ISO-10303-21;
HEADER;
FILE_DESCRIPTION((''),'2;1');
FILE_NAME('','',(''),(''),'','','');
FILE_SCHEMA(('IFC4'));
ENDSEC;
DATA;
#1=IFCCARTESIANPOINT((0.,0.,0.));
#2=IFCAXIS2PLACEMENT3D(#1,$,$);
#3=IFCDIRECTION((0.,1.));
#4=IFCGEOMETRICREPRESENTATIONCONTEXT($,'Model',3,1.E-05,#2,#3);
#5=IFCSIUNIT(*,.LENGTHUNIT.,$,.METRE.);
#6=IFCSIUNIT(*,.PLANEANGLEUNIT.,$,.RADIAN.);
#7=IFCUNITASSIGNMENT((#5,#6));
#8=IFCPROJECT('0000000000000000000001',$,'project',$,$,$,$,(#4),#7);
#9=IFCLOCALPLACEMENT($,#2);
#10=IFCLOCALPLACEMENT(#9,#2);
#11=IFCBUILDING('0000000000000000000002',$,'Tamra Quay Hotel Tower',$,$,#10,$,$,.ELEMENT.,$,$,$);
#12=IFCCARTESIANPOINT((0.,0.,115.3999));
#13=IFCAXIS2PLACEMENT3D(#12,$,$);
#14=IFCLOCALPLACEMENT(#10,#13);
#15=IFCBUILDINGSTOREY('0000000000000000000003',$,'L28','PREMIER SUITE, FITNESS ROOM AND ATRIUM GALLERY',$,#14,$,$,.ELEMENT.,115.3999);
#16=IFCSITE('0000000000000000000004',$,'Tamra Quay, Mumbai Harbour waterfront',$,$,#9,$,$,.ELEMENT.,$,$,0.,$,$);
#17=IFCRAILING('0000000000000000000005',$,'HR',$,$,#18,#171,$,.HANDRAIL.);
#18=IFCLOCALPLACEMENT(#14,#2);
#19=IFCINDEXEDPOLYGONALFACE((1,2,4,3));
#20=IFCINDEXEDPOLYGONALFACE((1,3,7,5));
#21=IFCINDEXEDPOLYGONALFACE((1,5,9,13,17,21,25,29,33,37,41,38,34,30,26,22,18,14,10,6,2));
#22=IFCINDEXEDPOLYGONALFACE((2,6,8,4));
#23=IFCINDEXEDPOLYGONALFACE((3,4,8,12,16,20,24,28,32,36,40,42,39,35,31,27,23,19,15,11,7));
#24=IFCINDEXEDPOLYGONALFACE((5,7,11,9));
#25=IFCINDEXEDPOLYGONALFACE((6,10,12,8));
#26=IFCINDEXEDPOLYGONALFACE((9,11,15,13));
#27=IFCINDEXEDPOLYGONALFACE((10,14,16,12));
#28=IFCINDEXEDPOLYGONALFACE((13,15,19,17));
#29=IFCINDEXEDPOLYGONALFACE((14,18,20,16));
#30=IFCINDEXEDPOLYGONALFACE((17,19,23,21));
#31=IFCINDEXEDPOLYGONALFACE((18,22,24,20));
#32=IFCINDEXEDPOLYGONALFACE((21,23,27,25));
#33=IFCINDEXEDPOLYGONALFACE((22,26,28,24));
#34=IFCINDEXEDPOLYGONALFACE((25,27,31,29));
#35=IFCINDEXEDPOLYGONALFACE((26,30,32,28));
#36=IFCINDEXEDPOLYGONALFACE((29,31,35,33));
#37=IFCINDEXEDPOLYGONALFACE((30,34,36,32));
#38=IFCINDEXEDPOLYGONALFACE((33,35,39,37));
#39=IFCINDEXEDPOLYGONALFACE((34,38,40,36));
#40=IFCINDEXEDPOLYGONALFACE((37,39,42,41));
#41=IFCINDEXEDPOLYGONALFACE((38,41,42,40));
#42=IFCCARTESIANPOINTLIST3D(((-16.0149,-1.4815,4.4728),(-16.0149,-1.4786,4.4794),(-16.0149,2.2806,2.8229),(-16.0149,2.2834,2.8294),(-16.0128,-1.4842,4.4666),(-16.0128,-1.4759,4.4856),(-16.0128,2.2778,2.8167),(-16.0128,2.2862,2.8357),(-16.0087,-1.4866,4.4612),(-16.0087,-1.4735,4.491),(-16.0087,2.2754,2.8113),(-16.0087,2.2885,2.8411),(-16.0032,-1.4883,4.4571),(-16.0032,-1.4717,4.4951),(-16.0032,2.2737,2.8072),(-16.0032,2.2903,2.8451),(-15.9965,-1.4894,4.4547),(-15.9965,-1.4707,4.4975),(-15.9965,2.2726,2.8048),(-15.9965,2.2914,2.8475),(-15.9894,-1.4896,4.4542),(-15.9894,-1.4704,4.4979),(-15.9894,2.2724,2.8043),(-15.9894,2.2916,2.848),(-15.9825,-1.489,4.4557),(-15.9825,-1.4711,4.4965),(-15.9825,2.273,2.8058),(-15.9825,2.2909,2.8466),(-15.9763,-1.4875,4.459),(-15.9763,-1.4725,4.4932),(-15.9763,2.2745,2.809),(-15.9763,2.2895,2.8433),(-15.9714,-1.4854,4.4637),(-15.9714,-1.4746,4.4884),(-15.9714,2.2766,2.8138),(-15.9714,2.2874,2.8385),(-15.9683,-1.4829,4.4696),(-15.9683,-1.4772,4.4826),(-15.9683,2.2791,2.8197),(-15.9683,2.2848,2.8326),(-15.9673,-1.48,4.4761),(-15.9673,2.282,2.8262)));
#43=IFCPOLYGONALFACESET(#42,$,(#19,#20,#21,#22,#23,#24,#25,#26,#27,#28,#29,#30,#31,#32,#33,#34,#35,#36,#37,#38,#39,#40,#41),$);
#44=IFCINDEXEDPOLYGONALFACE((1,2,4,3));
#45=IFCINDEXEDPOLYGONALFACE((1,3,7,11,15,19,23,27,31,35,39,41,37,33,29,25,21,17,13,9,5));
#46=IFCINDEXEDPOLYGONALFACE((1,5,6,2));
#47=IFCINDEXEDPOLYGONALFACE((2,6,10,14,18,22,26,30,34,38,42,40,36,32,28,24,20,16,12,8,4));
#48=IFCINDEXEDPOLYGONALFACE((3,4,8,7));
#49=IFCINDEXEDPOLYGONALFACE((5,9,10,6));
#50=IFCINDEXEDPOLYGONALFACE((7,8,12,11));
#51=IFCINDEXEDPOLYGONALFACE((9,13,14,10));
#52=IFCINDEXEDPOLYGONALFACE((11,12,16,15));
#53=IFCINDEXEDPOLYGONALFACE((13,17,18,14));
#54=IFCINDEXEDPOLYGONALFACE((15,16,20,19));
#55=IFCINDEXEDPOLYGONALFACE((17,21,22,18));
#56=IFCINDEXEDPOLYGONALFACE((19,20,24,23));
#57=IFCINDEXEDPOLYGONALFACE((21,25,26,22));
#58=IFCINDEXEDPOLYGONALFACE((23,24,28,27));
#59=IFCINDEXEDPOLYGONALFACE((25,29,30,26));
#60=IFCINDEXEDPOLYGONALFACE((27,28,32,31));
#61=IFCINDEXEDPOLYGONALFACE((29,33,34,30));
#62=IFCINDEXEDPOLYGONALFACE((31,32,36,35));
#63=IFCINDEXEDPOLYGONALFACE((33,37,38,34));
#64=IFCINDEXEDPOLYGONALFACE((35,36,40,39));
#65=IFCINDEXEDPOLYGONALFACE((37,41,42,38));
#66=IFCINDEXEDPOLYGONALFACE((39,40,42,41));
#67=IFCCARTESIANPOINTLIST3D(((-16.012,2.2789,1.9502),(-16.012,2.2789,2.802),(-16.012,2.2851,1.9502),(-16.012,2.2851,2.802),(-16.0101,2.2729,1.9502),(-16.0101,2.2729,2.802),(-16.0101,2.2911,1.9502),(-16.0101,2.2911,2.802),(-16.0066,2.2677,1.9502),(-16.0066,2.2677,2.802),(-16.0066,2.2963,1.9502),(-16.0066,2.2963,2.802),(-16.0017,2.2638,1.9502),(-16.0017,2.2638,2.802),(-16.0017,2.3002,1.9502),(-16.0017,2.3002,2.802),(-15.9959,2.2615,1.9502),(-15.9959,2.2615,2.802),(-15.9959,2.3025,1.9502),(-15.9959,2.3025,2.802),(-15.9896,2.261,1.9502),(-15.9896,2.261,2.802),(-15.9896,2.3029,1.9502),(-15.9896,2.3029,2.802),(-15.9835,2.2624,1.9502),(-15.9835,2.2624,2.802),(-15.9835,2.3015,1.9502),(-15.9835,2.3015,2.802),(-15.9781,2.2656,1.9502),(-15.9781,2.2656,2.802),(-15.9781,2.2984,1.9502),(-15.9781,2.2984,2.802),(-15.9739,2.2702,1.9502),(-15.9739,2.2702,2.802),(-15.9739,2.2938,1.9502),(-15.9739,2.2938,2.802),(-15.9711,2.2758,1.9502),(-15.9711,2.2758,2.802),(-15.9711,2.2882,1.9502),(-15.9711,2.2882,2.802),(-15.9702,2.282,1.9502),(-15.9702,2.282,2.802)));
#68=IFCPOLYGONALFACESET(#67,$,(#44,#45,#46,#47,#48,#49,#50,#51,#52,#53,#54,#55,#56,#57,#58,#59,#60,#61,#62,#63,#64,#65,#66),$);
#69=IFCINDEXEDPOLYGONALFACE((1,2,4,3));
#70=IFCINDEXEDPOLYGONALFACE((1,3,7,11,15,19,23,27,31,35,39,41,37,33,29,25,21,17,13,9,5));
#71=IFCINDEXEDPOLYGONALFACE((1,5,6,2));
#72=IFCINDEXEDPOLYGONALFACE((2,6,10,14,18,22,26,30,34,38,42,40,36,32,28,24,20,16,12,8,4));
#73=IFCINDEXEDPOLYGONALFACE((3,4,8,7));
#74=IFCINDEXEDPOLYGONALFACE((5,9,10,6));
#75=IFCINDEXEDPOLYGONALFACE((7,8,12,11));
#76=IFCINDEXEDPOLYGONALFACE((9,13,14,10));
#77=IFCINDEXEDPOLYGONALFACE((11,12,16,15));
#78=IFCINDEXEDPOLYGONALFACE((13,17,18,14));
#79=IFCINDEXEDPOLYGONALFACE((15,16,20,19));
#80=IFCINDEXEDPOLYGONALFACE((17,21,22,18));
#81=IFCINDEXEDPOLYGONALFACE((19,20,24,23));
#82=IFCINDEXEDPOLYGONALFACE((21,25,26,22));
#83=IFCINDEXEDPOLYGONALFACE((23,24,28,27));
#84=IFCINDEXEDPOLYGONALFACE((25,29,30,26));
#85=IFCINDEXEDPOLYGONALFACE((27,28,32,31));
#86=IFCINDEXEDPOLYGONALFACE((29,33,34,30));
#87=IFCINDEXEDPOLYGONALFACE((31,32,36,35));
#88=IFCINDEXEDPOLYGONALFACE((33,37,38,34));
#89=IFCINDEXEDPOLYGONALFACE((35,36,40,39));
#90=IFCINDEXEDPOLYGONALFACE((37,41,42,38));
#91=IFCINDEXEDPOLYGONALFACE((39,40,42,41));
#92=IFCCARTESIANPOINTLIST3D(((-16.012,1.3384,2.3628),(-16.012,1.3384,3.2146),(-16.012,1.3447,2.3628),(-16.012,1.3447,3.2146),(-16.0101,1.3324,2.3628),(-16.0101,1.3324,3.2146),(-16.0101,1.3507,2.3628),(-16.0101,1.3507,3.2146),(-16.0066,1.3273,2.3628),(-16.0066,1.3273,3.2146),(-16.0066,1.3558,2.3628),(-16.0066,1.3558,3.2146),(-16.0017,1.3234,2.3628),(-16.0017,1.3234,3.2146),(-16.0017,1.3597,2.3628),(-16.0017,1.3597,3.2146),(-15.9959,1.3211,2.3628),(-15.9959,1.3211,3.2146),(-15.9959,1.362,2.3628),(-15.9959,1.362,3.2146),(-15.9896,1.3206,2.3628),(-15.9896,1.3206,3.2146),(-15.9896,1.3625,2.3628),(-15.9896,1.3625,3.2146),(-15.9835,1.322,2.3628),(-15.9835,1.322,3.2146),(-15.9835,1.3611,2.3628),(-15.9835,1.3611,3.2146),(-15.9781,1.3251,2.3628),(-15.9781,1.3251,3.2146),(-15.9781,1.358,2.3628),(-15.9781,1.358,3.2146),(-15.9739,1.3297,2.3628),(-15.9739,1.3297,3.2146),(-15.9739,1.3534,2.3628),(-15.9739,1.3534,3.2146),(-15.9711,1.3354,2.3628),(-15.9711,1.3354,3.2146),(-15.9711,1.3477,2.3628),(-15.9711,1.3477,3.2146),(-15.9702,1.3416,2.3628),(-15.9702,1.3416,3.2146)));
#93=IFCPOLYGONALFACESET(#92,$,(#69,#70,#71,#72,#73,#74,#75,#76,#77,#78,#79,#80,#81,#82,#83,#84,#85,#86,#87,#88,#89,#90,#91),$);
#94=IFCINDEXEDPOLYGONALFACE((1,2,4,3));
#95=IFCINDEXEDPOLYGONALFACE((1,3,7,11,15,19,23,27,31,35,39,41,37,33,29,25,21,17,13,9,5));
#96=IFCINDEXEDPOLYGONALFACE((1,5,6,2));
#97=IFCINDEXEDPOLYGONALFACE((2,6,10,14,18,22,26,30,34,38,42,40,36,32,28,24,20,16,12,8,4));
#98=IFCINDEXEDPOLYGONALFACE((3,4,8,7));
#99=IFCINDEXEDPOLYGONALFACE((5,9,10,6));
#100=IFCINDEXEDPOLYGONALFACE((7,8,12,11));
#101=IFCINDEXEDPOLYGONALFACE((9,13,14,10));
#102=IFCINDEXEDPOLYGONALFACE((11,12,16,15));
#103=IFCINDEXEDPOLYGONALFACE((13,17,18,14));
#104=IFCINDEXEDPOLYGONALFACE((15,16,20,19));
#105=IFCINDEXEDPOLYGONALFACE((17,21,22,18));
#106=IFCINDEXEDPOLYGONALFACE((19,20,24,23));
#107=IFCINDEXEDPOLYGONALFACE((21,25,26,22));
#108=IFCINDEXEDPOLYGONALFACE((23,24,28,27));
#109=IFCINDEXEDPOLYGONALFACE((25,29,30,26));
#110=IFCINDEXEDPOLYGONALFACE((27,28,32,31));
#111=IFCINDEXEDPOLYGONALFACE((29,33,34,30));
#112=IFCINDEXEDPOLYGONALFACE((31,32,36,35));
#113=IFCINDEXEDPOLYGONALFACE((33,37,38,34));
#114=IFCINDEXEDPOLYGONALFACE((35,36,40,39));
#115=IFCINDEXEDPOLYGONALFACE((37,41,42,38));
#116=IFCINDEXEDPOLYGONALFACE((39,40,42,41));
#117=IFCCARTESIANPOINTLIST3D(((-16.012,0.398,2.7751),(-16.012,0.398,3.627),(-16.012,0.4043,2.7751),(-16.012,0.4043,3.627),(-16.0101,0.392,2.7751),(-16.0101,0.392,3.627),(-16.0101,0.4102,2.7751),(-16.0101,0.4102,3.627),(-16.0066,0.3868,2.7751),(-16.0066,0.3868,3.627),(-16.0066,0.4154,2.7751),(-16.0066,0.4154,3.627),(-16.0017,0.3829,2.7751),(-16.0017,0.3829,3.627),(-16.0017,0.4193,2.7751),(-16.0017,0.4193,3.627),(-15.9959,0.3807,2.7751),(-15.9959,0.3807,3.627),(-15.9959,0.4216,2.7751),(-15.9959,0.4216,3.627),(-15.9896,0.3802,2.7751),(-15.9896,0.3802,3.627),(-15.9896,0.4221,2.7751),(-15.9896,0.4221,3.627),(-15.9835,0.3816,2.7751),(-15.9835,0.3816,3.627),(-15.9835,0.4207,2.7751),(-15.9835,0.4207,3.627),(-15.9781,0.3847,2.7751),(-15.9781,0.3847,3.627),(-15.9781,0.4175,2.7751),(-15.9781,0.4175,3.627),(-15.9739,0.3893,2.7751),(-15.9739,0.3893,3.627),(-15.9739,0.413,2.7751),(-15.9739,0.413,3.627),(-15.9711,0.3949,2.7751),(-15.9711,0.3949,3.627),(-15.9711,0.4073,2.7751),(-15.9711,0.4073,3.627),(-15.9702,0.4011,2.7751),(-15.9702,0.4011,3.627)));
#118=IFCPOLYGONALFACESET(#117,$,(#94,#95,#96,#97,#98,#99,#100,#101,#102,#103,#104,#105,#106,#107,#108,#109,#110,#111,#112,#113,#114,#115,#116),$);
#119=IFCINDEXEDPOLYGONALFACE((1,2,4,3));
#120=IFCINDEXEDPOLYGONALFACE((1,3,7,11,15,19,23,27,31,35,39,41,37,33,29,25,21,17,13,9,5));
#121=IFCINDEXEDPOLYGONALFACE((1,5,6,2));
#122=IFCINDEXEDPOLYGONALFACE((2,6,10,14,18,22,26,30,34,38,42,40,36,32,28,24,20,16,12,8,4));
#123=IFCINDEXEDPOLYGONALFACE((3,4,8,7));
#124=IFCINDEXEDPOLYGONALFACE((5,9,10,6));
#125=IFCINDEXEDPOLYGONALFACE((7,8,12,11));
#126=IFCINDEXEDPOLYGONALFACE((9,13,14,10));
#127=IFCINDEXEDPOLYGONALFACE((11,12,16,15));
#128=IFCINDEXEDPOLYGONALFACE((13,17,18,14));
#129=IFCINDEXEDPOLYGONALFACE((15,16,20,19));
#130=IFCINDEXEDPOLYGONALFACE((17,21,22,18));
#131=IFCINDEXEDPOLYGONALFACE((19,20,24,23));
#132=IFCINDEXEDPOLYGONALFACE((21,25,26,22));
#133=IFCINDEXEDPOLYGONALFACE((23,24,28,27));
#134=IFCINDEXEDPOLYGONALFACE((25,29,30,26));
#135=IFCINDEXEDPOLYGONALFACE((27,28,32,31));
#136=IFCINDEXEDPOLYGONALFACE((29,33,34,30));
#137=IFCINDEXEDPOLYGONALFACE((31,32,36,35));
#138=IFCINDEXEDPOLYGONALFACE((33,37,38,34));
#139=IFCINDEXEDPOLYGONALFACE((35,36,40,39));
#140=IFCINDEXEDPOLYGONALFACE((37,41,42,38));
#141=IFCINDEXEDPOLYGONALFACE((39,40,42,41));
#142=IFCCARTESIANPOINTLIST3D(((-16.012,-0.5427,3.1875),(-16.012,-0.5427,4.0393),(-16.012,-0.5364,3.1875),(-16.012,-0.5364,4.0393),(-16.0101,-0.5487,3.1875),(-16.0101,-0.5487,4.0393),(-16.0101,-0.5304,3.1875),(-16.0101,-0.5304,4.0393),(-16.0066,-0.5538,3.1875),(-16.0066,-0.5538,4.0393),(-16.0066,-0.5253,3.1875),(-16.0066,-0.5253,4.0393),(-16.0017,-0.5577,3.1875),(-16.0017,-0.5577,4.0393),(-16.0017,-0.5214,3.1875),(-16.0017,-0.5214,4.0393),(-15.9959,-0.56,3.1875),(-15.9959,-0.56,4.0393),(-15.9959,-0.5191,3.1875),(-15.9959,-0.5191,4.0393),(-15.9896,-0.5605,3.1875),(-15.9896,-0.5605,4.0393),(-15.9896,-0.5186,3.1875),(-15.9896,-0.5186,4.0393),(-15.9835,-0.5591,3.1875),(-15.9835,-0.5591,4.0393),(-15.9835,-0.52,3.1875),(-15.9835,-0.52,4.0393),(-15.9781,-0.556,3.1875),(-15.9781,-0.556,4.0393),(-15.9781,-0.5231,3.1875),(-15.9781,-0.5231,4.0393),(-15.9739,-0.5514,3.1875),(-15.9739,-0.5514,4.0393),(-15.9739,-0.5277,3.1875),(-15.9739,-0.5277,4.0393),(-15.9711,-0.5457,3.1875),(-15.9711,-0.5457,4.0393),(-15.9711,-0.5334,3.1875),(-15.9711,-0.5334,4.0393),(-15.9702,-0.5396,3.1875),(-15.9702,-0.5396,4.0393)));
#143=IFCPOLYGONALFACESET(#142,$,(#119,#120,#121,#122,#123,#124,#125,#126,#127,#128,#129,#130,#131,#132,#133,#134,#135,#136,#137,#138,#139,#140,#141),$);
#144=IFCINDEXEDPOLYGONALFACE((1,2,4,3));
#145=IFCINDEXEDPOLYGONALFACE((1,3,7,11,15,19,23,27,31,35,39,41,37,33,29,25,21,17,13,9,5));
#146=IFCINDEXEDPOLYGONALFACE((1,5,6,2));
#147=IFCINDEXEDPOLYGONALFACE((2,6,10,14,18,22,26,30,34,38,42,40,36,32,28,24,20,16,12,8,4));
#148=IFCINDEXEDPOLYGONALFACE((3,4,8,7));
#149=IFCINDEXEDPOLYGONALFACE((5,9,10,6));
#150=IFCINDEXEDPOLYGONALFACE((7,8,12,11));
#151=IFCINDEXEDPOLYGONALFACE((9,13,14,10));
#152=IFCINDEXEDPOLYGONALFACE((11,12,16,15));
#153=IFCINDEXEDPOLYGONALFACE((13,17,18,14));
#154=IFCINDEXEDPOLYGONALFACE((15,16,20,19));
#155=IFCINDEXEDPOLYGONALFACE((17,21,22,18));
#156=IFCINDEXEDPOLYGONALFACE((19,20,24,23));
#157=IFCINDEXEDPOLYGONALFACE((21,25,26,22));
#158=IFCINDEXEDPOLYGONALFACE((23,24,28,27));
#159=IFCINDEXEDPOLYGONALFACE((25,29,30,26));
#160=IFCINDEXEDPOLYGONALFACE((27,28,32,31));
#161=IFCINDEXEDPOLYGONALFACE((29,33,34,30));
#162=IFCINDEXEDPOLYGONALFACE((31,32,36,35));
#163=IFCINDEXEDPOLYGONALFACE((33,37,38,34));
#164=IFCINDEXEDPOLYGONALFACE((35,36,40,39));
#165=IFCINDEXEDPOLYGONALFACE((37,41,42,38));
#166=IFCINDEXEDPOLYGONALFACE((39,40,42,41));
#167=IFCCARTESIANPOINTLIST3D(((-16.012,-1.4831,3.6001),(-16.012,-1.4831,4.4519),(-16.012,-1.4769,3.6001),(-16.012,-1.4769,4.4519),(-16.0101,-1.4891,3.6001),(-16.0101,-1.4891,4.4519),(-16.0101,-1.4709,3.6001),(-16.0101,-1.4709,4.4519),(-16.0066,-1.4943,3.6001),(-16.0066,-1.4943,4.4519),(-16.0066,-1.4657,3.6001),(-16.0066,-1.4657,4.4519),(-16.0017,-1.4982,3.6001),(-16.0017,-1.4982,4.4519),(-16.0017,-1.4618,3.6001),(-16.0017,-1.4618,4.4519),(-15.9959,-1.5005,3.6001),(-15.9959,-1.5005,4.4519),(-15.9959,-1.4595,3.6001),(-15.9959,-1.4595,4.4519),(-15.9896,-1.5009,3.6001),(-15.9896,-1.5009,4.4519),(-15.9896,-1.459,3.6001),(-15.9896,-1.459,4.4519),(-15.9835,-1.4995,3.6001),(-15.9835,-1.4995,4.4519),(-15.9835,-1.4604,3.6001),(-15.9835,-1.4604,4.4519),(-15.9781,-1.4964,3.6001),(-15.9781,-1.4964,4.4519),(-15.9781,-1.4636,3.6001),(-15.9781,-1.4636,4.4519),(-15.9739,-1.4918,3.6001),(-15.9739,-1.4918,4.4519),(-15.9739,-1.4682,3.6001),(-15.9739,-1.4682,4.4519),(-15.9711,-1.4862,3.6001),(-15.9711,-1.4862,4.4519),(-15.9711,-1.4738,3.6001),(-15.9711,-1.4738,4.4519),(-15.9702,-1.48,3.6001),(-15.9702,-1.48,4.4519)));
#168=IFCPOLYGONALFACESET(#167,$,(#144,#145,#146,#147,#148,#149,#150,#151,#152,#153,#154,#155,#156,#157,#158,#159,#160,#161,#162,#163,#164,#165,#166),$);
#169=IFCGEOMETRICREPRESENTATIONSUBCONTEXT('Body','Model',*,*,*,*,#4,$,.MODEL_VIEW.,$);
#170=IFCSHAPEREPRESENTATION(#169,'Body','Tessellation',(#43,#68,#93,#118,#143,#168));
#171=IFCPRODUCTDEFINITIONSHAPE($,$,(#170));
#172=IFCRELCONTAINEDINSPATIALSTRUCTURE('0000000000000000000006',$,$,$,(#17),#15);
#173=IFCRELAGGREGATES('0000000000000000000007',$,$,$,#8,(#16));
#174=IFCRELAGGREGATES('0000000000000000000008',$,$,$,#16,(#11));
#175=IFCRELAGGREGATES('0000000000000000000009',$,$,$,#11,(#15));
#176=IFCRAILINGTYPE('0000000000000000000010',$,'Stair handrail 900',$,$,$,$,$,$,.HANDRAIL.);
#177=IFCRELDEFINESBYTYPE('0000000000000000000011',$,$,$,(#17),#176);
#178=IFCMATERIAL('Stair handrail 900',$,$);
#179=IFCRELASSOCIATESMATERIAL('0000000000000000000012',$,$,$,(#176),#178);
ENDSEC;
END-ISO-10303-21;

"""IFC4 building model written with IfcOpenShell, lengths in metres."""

from ifc_helpers import new_model, si_unit, direction, frame, origin, origin_2d, place, context, subcontext, project, spatial, circle, extrude, material, type_object, element, save


model = new_model("IFC4")

# Units and contexts
model_context = context("Model", 3, precision=1e-05, world=origin(), true_north=direction((0.0, 1.0)))
body_context = subcontext(model_context, "Body", "Model", "MODEL_VIEW")
ifc_project = project(units=[si_unit("LENGTHUNIT", "METRE"), si_unit("PLANEANGLEUNIT", "RADIAN")], contexts=[model_context])

# Site, building, storey
site_placement = place(None, origin())
site = spatial("IfcSite", under=ifc_project, at=site_placement, Name="Tamra Quay, Mumbai Harbour waterfront", CompositionType="ELEMENT", RefElevation=0.0)
building_placement = place(site_placement, origin())
building = spatial("IfcBuilding", under=site, at=building_placement, Name="Tamra Quay Hotel Tower", CompositionType="ELEMENT")
storey_placement = place(building_placement, frame((0.0, 0.0, 115.3999)))
storey = spatial("IfcBuildingStorey", under=building, at=storey_placement, Name="L28", Description="PREMIER SUITE, FITNESS ROOM AND ATRIUM GALLERY", CompositionType="ELEMENT", Elevation=115.3999)

# Railing
ifc_material_1 = material(Name="Stair handrail 900")
railing_type = type_object("IfcRailingType", Name="Stair handrail 900", PredefinedType="HANDRAIL", material=ifc_material_1)
railing_1_placement = place(storey_placement, frame((-15.9912, 2.282, 1.9502)))
element("IfcRailing", 1, at=railing_1_placement, inside=storey, type_object=railing_type, Name="HR", PredefinedType="HANDRAIL", context=body_context, shape_type="SweptSolid", body=[
    extrude(circle(Radius=0.0239, at=origin_2d()), frame((0.0, 0.0, 0.876), z_axis=(0.0, -0.915795, 0.401645), x_axis=(1.0, 0.0, 0.0)), (0.0, 0.0, 1.0), 4.1079),
    extrude(circle(Radius=0.021, at=origin_2d()), origin(), (0.0, 0.0, 1.0), 0.8518),
    extrude(circle(Radius=0.021, at=origin_2d()), frame((0.0, -0.9404, 0.4126)), (0.0, 0.0, 1.0), 0.8518),
    extrude(circle(Radius=0.021, at=origin_2d()), frame((0.0, -1.8809, 0.825)), (0.0, 0.0, 1.0), 0.8518),
    extrude(circle(Radius=0.021, at=origin_2d()), frame((0.0, -2.8215, 1.2373)), (0.0, 0.0, 1.0), 0.8518),
    extrude(circle(Radius=0.021, at=origin_2d()), frame((0.0, -3.762, 1.6499)), (0.0, 0.0, 1.0), 0.8518),
])

save(model, "model.ifc")
